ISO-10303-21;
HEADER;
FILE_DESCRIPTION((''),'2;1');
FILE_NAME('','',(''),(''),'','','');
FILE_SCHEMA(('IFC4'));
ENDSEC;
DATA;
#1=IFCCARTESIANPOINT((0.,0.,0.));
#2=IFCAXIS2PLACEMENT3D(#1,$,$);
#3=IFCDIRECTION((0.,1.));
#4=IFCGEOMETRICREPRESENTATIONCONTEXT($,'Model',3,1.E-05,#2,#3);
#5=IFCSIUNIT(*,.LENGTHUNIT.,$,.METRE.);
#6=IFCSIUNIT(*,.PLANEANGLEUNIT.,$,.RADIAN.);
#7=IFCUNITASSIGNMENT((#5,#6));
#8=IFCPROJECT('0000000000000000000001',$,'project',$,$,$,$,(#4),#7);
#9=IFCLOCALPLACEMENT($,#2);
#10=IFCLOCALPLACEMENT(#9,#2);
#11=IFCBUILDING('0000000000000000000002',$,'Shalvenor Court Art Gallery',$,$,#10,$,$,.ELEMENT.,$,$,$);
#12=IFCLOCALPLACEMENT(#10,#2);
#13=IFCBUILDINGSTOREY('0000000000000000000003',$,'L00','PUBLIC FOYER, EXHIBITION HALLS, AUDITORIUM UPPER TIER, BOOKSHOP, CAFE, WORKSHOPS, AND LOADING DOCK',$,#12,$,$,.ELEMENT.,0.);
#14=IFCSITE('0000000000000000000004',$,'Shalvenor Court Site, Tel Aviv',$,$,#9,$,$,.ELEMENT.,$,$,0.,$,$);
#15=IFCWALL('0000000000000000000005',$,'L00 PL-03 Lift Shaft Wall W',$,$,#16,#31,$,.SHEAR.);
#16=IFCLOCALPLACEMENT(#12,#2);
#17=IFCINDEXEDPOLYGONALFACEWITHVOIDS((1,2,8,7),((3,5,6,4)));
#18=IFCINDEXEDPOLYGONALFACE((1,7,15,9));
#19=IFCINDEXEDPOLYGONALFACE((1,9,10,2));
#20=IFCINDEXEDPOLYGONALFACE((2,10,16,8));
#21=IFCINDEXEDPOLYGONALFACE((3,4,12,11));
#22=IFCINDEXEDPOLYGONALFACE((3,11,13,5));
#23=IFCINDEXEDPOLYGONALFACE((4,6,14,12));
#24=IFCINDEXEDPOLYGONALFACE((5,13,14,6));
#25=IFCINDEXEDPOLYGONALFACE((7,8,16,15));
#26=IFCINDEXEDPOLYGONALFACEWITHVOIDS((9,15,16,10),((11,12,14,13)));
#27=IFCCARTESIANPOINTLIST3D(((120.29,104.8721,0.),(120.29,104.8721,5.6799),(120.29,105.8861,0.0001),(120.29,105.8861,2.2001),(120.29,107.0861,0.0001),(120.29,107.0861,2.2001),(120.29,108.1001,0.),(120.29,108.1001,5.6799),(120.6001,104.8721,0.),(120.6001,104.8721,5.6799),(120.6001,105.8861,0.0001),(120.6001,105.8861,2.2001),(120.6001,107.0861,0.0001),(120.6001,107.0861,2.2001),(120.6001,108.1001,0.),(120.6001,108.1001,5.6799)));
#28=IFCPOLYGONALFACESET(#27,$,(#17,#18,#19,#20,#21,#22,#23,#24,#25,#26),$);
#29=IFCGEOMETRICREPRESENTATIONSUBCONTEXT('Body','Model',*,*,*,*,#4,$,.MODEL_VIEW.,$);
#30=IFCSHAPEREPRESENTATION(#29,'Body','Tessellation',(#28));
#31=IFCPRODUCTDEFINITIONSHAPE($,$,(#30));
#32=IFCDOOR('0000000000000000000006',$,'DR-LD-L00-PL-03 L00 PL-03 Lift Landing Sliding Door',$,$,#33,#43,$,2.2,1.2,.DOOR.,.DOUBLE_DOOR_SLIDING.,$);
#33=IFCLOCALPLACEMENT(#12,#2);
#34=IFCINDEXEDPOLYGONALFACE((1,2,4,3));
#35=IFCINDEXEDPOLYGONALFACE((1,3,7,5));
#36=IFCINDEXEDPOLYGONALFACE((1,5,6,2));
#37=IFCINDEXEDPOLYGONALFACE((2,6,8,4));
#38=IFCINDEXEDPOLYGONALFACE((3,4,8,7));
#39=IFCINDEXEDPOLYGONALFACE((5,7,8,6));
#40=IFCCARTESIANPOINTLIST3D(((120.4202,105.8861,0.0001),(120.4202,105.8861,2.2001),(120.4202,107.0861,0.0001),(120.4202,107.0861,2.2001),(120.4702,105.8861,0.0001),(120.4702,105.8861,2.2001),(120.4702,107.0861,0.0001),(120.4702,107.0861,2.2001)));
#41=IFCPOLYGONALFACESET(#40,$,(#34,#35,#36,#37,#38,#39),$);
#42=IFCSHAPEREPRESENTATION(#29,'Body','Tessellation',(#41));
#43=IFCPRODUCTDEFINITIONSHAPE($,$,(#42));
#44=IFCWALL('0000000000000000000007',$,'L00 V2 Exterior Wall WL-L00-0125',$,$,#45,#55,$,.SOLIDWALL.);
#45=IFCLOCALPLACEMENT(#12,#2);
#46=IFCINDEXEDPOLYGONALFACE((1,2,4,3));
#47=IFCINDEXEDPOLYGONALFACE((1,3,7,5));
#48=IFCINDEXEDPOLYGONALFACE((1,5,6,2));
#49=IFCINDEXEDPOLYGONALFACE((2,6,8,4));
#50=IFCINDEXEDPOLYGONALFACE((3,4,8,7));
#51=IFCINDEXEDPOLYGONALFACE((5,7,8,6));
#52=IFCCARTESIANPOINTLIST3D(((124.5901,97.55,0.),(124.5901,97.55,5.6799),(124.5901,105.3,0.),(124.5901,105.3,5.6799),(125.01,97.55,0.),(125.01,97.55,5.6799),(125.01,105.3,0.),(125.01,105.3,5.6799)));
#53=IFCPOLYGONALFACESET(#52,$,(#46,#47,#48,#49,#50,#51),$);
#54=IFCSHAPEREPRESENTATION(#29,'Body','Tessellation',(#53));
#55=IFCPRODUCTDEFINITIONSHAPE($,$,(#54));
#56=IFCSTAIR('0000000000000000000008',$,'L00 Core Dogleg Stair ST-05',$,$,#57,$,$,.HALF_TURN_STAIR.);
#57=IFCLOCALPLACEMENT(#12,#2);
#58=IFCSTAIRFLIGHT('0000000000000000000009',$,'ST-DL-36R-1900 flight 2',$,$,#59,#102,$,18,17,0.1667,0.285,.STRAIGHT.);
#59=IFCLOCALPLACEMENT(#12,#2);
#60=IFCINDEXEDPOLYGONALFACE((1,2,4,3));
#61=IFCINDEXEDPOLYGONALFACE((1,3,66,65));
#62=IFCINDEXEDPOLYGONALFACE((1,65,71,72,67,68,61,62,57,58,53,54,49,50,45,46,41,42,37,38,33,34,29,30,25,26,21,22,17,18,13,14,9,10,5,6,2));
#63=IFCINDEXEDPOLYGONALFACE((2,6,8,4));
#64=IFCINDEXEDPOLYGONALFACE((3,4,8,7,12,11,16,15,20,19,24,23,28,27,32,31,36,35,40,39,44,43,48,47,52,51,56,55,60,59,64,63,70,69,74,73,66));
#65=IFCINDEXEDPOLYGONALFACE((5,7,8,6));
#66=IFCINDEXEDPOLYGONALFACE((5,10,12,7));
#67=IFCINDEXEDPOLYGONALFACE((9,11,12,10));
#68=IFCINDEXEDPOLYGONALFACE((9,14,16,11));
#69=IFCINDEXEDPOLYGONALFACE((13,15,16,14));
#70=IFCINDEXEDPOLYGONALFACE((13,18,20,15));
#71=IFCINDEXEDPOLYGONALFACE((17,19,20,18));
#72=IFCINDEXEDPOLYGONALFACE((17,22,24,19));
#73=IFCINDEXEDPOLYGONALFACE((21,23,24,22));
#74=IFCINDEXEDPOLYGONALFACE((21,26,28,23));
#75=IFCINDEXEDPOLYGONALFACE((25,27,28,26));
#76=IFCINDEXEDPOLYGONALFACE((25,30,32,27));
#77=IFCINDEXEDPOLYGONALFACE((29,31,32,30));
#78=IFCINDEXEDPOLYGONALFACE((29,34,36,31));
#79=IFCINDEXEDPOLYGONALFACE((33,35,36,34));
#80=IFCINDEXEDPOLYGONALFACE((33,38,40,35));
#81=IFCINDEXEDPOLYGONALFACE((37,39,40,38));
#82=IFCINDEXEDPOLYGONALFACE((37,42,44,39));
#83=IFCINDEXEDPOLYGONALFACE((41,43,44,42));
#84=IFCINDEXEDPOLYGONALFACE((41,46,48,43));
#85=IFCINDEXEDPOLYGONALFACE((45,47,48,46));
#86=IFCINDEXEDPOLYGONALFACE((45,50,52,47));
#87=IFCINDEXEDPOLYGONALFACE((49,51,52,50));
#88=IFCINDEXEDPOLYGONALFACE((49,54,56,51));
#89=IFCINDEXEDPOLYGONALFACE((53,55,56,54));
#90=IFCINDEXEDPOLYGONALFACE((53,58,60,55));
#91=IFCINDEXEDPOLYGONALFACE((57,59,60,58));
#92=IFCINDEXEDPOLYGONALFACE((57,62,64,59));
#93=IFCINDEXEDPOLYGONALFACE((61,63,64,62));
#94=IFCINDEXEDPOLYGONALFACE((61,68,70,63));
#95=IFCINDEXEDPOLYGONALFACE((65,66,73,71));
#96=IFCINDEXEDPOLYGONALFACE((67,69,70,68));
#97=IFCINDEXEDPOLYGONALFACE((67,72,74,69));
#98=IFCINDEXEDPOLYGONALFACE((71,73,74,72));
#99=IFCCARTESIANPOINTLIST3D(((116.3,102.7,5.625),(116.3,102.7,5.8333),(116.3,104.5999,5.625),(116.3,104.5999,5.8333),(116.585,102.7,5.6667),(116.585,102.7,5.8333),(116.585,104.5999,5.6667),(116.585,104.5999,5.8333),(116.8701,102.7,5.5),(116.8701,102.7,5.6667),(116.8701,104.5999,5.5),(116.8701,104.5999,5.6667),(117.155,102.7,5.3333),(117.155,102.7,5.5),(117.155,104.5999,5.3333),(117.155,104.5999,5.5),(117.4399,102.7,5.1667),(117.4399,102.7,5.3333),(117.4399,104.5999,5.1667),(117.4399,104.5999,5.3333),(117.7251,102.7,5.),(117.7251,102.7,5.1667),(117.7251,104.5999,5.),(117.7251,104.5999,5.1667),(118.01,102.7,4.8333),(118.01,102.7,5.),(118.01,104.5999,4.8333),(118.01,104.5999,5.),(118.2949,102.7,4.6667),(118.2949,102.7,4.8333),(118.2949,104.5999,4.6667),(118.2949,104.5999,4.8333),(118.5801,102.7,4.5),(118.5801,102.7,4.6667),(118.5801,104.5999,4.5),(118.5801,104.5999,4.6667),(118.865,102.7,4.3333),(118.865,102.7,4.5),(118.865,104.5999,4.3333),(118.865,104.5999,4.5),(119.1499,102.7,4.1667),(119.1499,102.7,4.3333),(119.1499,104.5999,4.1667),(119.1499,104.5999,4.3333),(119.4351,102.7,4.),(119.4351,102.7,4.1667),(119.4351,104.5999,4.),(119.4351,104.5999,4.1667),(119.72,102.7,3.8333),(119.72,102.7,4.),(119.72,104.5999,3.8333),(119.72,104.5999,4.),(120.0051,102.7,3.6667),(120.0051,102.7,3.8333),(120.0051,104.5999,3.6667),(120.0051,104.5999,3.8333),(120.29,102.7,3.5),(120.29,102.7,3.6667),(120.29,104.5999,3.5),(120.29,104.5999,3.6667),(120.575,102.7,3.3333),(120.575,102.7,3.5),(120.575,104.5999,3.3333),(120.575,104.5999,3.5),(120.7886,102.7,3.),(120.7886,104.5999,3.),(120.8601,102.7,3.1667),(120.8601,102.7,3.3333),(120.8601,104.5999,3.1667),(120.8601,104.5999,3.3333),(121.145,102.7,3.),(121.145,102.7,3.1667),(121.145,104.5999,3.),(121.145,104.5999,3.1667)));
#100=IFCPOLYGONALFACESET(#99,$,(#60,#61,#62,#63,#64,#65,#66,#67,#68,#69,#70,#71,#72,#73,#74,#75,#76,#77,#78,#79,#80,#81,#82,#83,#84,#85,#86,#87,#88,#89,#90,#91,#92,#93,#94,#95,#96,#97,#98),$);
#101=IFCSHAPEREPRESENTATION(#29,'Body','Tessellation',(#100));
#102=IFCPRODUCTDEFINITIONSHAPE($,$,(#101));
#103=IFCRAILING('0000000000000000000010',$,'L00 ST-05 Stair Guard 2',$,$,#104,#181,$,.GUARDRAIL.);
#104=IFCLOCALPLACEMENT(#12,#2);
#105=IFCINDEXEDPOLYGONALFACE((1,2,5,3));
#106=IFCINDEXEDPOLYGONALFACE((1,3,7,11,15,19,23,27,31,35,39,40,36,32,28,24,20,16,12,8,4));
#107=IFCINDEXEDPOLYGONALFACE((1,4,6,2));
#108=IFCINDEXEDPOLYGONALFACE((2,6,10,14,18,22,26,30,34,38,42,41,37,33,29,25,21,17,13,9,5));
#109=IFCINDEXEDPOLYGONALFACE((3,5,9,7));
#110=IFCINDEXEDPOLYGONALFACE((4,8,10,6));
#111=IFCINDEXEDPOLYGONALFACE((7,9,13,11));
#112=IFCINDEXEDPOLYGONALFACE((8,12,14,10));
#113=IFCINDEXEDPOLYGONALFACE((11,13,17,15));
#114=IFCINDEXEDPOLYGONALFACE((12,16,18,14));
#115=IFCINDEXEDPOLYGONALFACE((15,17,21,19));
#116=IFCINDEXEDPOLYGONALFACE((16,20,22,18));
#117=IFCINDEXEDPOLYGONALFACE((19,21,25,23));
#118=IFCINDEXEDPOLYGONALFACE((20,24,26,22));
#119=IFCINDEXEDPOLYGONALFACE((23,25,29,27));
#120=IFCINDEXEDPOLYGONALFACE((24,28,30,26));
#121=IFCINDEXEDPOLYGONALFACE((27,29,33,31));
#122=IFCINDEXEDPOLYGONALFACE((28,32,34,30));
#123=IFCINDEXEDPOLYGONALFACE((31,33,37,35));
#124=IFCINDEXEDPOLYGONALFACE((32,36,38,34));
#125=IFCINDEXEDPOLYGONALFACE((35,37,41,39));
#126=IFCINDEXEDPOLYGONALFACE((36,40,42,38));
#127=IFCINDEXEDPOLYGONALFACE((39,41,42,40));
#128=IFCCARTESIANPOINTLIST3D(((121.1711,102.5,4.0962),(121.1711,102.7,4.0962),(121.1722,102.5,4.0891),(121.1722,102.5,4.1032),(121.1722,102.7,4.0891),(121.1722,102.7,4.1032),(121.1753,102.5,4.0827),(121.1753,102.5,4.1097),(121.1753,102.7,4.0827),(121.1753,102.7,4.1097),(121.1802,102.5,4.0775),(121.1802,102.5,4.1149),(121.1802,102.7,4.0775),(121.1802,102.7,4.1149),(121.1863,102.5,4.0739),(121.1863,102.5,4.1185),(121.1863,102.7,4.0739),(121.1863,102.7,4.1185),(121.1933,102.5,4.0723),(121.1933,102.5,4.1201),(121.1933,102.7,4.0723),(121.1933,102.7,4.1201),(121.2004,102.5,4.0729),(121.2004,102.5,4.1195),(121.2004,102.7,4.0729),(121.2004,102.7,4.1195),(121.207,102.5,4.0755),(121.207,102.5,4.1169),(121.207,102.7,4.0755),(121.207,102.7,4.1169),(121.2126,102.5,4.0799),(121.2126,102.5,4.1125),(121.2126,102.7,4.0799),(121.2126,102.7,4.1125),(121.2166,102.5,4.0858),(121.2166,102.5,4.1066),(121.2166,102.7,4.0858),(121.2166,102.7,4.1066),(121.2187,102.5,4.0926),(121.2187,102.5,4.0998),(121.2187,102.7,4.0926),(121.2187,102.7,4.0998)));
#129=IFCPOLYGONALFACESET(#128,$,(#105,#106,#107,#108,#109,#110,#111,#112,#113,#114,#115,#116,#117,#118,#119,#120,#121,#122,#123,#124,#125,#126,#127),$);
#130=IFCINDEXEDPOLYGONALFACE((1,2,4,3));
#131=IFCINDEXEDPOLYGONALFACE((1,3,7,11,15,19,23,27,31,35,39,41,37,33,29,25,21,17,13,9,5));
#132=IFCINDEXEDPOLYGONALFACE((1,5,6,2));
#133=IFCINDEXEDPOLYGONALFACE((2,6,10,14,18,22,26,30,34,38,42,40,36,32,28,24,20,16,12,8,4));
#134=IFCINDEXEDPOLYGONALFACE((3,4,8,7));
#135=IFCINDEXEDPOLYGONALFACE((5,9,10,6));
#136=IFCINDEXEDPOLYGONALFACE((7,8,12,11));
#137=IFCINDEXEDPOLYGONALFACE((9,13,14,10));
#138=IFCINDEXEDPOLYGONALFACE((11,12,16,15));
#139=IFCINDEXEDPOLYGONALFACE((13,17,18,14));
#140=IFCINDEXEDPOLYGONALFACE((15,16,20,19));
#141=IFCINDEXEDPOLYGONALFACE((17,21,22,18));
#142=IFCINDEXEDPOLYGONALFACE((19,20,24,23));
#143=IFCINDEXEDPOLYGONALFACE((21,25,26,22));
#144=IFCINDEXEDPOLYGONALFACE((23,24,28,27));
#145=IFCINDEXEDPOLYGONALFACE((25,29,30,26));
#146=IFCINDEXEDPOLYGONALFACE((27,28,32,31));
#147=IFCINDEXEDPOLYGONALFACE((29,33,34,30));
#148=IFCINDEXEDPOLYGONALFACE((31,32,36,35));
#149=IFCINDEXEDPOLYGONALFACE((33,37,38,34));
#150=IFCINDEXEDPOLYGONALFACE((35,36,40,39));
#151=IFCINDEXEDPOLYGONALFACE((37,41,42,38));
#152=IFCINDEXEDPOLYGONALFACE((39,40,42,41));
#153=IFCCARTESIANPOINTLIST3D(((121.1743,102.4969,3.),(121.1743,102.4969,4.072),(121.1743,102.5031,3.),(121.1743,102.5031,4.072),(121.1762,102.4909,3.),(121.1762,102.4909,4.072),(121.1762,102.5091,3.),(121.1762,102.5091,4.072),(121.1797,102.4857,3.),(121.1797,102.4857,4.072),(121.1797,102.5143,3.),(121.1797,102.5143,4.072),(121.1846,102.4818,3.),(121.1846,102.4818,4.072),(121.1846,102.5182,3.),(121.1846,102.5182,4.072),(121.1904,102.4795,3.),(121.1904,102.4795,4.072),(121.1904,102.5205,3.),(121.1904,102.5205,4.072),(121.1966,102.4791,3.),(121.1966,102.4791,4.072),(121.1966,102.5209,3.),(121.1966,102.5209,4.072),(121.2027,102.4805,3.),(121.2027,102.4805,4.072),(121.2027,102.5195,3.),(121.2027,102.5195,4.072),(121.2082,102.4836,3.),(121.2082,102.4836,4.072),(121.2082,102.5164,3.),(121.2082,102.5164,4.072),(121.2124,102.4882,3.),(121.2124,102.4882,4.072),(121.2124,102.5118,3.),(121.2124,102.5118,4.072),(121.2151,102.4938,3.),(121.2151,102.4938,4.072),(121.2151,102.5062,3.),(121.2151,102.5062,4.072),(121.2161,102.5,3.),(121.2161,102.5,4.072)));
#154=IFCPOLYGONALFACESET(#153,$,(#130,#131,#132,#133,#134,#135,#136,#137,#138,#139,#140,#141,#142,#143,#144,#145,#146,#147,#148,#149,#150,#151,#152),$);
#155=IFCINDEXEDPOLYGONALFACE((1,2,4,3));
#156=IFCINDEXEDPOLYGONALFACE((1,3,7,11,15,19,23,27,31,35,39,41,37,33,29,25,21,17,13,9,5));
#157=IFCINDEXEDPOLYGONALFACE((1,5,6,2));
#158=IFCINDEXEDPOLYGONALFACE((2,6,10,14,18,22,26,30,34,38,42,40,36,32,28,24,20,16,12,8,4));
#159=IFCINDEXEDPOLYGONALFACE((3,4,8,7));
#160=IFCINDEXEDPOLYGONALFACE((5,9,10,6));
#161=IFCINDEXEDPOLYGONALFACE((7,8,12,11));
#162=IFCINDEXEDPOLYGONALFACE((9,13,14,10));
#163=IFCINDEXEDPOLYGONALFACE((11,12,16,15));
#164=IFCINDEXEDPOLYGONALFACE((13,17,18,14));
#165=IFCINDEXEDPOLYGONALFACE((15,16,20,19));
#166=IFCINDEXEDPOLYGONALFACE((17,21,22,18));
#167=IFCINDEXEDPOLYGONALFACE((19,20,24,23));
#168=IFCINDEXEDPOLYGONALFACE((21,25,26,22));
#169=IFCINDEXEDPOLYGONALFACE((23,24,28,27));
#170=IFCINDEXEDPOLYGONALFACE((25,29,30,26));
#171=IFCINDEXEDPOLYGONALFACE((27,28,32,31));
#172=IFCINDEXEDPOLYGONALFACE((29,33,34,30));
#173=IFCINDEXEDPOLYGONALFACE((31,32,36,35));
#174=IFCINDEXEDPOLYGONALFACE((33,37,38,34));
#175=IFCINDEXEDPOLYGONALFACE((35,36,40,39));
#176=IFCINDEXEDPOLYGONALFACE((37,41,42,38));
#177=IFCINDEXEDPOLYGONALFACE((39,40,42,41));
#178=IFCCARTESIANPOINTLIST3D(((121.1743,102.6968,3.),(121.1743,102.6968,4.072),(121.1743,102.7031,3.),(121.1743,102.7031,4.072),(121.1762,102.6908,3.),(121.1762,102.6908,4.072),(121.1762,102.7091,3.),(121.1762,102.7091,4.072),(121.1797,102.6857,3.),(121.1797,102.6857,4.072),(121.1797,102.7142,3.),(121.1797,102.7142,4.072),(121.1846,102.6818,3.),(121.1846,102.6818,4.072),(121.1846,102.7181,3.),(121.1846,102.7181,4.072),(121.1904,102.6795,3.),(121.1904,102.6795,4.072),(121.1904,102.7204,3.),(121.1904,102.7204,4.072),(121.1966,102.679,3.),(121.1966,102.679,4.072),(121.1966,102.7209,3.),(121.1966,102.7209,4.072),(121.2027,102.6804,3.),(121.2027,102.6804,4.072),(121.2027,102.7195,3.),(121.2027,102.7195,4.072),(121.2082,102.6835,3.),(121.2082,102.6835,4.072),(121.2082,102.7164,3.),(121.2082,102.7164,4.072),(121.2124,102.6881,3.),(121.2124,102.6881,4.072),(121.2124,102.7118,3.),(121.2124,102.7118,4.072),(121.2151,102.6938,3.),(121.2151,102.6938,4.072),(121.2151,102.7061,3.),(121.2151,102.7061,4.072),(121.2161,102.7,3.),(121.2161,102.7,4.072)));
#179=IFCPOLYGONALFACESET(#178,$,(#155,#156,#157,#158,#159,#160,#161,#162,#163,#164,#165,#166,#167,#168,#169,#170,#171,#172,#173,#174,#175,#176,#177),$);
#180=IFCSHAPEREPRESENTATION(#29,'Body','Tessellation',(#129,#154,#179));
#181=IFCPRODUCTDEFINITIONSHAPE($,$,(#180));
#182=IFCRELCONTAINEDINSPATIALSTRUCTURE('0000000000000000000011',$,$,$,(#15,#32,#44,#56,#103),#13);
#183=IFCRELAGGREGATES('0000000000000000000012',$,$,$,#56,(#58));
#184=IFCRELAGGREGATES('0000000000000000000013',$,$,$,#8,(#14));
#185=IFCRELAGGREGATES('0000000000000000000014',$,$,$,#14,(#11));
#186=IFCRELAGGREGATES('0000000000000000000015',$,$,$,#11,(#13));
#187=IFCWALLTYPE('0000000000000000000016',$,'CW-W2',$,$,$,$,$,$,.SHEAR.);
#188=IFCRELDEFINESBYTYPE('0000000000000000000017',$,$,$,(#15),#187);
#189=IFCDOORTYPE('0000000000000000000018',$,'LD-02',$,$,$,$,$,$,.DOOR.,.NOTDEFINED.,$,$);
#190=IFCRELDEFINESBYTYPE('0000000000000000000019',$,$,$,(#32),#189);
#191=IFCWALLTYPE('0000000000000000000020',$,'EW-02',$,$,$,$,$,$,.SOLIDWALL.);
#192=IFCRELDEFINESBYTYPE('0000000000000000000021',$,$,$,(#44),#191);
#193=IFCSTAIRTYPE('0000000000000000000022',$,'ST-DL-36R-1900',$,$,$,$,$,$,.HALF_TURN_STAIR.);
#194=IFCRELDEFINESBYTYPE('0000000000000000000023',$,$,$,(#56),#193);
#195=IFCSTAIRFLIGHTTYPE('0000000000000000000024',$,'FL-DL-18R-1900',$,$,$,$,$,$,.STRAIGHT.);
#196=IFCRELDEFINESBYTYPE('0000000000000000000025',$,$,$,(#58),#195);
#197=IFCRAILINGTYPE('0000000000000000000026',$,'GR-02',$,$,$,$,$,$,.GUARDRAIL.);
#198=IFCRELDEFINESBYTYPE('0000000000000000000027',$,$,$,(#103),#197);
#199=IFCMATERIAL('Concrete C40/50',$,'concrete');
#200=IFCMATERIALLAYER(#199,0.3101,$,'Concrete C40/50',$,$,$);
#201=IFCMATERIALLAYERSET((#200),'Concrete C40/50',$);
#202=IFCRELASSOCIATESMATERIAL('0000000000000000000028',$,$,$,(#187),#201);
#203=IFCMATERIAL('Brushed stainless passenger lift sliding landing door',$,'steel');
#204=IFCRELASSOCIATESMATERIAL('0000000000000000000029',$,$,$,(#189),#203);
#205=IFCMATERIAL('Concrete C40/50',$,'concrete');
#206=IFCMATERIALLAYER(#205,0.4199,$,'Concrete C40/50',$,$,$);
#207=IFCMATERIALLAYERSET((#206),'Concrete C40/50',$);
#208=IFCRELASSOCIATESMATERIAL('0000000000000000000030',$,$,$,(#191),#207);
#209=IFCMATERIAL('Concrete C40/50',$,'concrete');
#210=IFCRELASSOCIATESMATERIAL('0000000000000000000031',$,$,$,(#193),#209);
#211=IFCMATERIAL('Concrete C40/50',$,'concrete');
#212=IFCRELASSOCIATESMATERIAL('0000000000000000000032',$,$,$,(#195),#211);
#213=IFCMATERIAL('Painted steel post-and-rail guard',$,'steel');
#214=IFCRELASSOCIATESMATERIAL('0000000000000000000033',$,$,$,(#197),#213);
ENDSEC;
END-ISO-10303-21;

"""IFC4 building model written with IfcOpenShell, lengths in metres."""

from ifc_helpers import new_model, si_unit, direction, frame, frame_2d, origin, origin_2d, place, context, subcontext, project, spatial, polyline, rectangle, circle, outline, extrude, material, layer, layer_set, type_object, element, fill, aggregate, save


model = new_model("IFC4")

# Units and contexts
model_context = context("Model", 3, precision=1e-05, world=origin(), true_north=direction((0.0, 1.0)))
body_context = subcontext(model_context, "Body", "Model", "MODEL_VIEW")
ifc_project = project(units=[si_unit("LENGTHUNIT", "METRE"), si_unit("PLANEANGLEUNIT", "RADIAN")], contexts=[model_context])

# Site, building, storey
site_placement = place(None, origin())
site = spatial("IfcSite", under=ifc_project, at=site_placement, Name="Shalvenor Court Site, Tel Aviv", CompositionType="ELEMENT", RefElevation=0.0)
building_placement = place(site_placement, origin())
building = spatial("IfcBuilding", under=site, at=building_placement, Name="Shalvenor Court Art Gallery", CompositionType="ELEMENT")
storey_placement = place(building_placement, origin())
storey = spatial("IfcBuildingStorey", under=building, at=storey_placement, Name="L00", Description="PUBLIC FOYER, EXHIBITION HALLS, AUDITORIUM UPPER TIER, BOOKSHOP, CAFE, WORKSHOPS, AND LOADING DOCK", CompositionType="ELEMENT", Elevation=0.0)

# Shared definitions
ifc_material_1 = material(Name="Concrete C40/50", Category="concrete")
ifc_layer_1 = layer(ifc_material_1, 0.3101, Name="Concrete C40/50")
ifc_layer_set_1 = layer_set([ifc_layer_1], Name="Concrete C40/50")
wall_type_1 = type_object("IfcWallType", Name="CW-W2", PredefinedType="SHEAR", material=ifc_layer_set_1)

# Wall, opening, door
wall_1_placement = place(storey_placement, frame((120.4451, 104.8721, 0.0), z_axis=(0.0, 0.0, 1.0), x_axis=(0.0, 1.0, 0.0)))
wall_1 = element("IfcWall", 1, at=wall_1_placement, inside=storey, type_object=wall_type_1, Name="L00 PL-03 Lift Shaft Wall W", PredefinedType="SHEAR", context=body_context, shape_type="SweptSolid", body=[
    extrude(rectangle(XDim=3.228, YDim=0.3101, at=frame_2d((1.614, 0.0))), origin(), (0.0, 0.0, 1.0), 5.6799),
])
opening_placement = place(wall_1_placement, frame((1.0139, 0.0, 0.0)))
opening = element("IfcOpeningElement", 2, at=opening_placement, cuts=wall_1, PredefinedType="OPENING", context=body_context, shape_type="SweptSolid", body=[
    extrude(rectangle(XDim=1.2, YDim=2.2, at=frame_2d((0.6001, 1.1001))), frame((0.0, 0.165, 0.0), z_axis=(0.0, -1.0, 0.0), x_axis=(1.0, 0.0, 0.0)), (0.0, 0.0, 1.0), 0.3301),
])
ifc_material_2 = material(Name="Brushed stainless passenger lift sliding landing door", Category="steel")
door_type = type_object("IfcDoorType", Name="LD-02", OperationType="NOTDEFINED", PredefinedType="DOOR", material=ifc_material_2)
door_placement = place(opening_placement, origin())
door = element("IfcDoor", 3, at=door_placement, inside=storey, type_object=door_type, Name="DR-LD-L00-PL-03 L00 PL-03 Lift Landing Sliding Door", OperationType="DOUBLE_DOOR_SLIDING", OverallHeight=2.2, OverallWidth=1.2, PredefinedType="DOOR", context=body_context, shape_type="SweptSolid", body=[
    extrude(rectangle(XDim=1.2, YDim=2.2, at=frame_2d((0.6001, 1.1001))), frame((0.0, 0.0249, 0.0), z_axis=(0.0, -1.0, 0.0), x_axis=(1.0, 0.0, 0.0)), (0.0, 0.0, 1.0), 0.05),
])
fill(opening, door)

# Wall
ifc_material_3 = material(Name="Concrete C40/50", Category="concrete")
ifc_layer_2 = layer(ifc_material_3, 0.4199, Name="Concrete C40/50")
ifc_layer_set_2 = layer_set([ifc_layer_2], Name="Concrete C40/50")
wall_type_2 = type_object("IfcWallType", Name="EW-02", PredefinedType="SOLIDWALL", material=ifc_layer_set_2)
wall_2_placement = place(storey_placement, frame((124.8, 105.3, 0.0), z_axis=(0.0, 0.0, 1.0), x_axis=(0.0, -1.0, 0.0)))
element("IfcWall", 4, at=wall_2_placement, inside=storey, type_object=wall_type_2, Name="L00 V2 Exterior Wall WL-L00-0125", PredefinedType="SOLIDWALL", context=body_context, shape_type="SweptSolid", body=[
    extrude(rectangle(XDim=7.75, YDim=0.4199, at=frame_2d((3.875, 0.0))), origin(), (0.0, 0.0, 1.0), 5.6799),
])

# Stair, stair flight
ifc_material_4 = material(Name="Concrete C40/50", Category="concrete")
stair_type = type_object("IfcStairType", Name="ST-DL-36R-1900", PredefinedType="HALF_TURN_STAIR", material=ifc_material_4)
stair_placement = place(storey_placement, origin())
stair = element("IfcStair", 5, at=stair_placement, inside=storey, type_object=stair_type, Name="L00 Core Dogleg Stair ST-05", PredefinedType="HALF_TURN_STAIR")
ifc_material_5 = material(Name="Concrete C40/50", Category="concrete")
stair_flight_type = type_object("IfcStairFlightType", Name="FL-DL-18R-1900", PredefinedType="STRAIGHT", material=ifc_material_5)
stair_flight_placement = place(storey_placement, frame((121.145, 103.6499, 3.0), z_axis=(0.0, 0.0, 1.0), x_axis=(-1.0, 0.0, 0.0)))
stair_flight = element("IfcStairFlight", 6, at=stair_flight_placement, type_object=stair_flight_type, Name="ST-DL-36R-1900 flight 2", NumberOfRisers=18, NumberOfTreads=17, PredefinedType="STRAIGHT", RiserHeight=0.1667, TreadLength=0.285, context=body_context, shape_type="SweptSolid", body=[
    extrude(outline(polyline([(0.0, 0.0), (0.0, 0.1667), (0.2849, 0.1667), (0.2849, 0.3333), (0.5701, 0.3333), (0.5701, 0.5), (0.855, 0.5), (0.855, 0.6667), (1.1399, 0.6667), (1.1399, 0.8333), (1.425, 0.8333), (1.425, 1.0), (1.71, 1.0), (1.71, 1.1667), (1.9951, 1.1667), (1.9951, 1.3333), (2.28, 1.3333), (2.28, 1.5), (2.5649, 1.5), (2.5649, 1.6667), (2.8501, 1.6667), (2.8501, 1.8333), (3.135, 1.8333), (3.135, 2.0), (3.4199, 2.0), (3.4199, 2.1667), (3.7051, 2.1667), (3.7051, 2.3333), (3.99, 2.3333), (3.99, 2.5), (4.2749, 2.5), (4.2749, 2.6667), (4.5601, 2.6667), (4.5601, 2.8333), (4.845, 2.8333), (4.845, 3.0), (4.845, 2.625), (0.3564, 0.0), (0.0, 0.0)])), frame((0.0, 0.95, 0.0), z_axis=(0.0, -1.0, 0.0), x_axis=(1.0, 0.0, 0.0)), (0.0, 0.0, 1.0), 1.8999),
])
aggregate(stair, [stair_flight])

# Railing
ifc_material_6 = material(Name="Painted steel post-and-rail guard", Category="steel")
railing_type_1 = type_object("IfcRailingType", Name="GR-02", PredefinedType="GUARDRAIL", material=ifc_material_6)
railing_1_placement = place(storey_placement, frame((121.1951, 102.5, 3.0)))
element("IfcRailing", 7, at=railing_1_placement, inside=storey, type_object=railing_type_1, Name="L00 ST-05 Stair Guard 2", PredefinedType="GUARDRAIL", context=body_context, shape_type="SweptSolid", body=[
    extrude(circle(Radius=0.0239, at=origin_2d()), frame((0.0, 0.0, 1.0962), z_axis=(0.0, 1.0, 0.0), x_axis=(-1.0, 0.0, 0.0)), (0.0, 0.0, 1.0), 0.2),
    extrude(circle(Radius=0.021, at=origin_2d()), origin(), (0.0, 0.0, 1.0), 1.072),
    extrude(circle(Radius=0.021, at=origin_2d()), frame((0.0, 0.2, 0.0)), (0.0, 0.0, 1.0), 1.072),
])

save(model, "model.ifc")
